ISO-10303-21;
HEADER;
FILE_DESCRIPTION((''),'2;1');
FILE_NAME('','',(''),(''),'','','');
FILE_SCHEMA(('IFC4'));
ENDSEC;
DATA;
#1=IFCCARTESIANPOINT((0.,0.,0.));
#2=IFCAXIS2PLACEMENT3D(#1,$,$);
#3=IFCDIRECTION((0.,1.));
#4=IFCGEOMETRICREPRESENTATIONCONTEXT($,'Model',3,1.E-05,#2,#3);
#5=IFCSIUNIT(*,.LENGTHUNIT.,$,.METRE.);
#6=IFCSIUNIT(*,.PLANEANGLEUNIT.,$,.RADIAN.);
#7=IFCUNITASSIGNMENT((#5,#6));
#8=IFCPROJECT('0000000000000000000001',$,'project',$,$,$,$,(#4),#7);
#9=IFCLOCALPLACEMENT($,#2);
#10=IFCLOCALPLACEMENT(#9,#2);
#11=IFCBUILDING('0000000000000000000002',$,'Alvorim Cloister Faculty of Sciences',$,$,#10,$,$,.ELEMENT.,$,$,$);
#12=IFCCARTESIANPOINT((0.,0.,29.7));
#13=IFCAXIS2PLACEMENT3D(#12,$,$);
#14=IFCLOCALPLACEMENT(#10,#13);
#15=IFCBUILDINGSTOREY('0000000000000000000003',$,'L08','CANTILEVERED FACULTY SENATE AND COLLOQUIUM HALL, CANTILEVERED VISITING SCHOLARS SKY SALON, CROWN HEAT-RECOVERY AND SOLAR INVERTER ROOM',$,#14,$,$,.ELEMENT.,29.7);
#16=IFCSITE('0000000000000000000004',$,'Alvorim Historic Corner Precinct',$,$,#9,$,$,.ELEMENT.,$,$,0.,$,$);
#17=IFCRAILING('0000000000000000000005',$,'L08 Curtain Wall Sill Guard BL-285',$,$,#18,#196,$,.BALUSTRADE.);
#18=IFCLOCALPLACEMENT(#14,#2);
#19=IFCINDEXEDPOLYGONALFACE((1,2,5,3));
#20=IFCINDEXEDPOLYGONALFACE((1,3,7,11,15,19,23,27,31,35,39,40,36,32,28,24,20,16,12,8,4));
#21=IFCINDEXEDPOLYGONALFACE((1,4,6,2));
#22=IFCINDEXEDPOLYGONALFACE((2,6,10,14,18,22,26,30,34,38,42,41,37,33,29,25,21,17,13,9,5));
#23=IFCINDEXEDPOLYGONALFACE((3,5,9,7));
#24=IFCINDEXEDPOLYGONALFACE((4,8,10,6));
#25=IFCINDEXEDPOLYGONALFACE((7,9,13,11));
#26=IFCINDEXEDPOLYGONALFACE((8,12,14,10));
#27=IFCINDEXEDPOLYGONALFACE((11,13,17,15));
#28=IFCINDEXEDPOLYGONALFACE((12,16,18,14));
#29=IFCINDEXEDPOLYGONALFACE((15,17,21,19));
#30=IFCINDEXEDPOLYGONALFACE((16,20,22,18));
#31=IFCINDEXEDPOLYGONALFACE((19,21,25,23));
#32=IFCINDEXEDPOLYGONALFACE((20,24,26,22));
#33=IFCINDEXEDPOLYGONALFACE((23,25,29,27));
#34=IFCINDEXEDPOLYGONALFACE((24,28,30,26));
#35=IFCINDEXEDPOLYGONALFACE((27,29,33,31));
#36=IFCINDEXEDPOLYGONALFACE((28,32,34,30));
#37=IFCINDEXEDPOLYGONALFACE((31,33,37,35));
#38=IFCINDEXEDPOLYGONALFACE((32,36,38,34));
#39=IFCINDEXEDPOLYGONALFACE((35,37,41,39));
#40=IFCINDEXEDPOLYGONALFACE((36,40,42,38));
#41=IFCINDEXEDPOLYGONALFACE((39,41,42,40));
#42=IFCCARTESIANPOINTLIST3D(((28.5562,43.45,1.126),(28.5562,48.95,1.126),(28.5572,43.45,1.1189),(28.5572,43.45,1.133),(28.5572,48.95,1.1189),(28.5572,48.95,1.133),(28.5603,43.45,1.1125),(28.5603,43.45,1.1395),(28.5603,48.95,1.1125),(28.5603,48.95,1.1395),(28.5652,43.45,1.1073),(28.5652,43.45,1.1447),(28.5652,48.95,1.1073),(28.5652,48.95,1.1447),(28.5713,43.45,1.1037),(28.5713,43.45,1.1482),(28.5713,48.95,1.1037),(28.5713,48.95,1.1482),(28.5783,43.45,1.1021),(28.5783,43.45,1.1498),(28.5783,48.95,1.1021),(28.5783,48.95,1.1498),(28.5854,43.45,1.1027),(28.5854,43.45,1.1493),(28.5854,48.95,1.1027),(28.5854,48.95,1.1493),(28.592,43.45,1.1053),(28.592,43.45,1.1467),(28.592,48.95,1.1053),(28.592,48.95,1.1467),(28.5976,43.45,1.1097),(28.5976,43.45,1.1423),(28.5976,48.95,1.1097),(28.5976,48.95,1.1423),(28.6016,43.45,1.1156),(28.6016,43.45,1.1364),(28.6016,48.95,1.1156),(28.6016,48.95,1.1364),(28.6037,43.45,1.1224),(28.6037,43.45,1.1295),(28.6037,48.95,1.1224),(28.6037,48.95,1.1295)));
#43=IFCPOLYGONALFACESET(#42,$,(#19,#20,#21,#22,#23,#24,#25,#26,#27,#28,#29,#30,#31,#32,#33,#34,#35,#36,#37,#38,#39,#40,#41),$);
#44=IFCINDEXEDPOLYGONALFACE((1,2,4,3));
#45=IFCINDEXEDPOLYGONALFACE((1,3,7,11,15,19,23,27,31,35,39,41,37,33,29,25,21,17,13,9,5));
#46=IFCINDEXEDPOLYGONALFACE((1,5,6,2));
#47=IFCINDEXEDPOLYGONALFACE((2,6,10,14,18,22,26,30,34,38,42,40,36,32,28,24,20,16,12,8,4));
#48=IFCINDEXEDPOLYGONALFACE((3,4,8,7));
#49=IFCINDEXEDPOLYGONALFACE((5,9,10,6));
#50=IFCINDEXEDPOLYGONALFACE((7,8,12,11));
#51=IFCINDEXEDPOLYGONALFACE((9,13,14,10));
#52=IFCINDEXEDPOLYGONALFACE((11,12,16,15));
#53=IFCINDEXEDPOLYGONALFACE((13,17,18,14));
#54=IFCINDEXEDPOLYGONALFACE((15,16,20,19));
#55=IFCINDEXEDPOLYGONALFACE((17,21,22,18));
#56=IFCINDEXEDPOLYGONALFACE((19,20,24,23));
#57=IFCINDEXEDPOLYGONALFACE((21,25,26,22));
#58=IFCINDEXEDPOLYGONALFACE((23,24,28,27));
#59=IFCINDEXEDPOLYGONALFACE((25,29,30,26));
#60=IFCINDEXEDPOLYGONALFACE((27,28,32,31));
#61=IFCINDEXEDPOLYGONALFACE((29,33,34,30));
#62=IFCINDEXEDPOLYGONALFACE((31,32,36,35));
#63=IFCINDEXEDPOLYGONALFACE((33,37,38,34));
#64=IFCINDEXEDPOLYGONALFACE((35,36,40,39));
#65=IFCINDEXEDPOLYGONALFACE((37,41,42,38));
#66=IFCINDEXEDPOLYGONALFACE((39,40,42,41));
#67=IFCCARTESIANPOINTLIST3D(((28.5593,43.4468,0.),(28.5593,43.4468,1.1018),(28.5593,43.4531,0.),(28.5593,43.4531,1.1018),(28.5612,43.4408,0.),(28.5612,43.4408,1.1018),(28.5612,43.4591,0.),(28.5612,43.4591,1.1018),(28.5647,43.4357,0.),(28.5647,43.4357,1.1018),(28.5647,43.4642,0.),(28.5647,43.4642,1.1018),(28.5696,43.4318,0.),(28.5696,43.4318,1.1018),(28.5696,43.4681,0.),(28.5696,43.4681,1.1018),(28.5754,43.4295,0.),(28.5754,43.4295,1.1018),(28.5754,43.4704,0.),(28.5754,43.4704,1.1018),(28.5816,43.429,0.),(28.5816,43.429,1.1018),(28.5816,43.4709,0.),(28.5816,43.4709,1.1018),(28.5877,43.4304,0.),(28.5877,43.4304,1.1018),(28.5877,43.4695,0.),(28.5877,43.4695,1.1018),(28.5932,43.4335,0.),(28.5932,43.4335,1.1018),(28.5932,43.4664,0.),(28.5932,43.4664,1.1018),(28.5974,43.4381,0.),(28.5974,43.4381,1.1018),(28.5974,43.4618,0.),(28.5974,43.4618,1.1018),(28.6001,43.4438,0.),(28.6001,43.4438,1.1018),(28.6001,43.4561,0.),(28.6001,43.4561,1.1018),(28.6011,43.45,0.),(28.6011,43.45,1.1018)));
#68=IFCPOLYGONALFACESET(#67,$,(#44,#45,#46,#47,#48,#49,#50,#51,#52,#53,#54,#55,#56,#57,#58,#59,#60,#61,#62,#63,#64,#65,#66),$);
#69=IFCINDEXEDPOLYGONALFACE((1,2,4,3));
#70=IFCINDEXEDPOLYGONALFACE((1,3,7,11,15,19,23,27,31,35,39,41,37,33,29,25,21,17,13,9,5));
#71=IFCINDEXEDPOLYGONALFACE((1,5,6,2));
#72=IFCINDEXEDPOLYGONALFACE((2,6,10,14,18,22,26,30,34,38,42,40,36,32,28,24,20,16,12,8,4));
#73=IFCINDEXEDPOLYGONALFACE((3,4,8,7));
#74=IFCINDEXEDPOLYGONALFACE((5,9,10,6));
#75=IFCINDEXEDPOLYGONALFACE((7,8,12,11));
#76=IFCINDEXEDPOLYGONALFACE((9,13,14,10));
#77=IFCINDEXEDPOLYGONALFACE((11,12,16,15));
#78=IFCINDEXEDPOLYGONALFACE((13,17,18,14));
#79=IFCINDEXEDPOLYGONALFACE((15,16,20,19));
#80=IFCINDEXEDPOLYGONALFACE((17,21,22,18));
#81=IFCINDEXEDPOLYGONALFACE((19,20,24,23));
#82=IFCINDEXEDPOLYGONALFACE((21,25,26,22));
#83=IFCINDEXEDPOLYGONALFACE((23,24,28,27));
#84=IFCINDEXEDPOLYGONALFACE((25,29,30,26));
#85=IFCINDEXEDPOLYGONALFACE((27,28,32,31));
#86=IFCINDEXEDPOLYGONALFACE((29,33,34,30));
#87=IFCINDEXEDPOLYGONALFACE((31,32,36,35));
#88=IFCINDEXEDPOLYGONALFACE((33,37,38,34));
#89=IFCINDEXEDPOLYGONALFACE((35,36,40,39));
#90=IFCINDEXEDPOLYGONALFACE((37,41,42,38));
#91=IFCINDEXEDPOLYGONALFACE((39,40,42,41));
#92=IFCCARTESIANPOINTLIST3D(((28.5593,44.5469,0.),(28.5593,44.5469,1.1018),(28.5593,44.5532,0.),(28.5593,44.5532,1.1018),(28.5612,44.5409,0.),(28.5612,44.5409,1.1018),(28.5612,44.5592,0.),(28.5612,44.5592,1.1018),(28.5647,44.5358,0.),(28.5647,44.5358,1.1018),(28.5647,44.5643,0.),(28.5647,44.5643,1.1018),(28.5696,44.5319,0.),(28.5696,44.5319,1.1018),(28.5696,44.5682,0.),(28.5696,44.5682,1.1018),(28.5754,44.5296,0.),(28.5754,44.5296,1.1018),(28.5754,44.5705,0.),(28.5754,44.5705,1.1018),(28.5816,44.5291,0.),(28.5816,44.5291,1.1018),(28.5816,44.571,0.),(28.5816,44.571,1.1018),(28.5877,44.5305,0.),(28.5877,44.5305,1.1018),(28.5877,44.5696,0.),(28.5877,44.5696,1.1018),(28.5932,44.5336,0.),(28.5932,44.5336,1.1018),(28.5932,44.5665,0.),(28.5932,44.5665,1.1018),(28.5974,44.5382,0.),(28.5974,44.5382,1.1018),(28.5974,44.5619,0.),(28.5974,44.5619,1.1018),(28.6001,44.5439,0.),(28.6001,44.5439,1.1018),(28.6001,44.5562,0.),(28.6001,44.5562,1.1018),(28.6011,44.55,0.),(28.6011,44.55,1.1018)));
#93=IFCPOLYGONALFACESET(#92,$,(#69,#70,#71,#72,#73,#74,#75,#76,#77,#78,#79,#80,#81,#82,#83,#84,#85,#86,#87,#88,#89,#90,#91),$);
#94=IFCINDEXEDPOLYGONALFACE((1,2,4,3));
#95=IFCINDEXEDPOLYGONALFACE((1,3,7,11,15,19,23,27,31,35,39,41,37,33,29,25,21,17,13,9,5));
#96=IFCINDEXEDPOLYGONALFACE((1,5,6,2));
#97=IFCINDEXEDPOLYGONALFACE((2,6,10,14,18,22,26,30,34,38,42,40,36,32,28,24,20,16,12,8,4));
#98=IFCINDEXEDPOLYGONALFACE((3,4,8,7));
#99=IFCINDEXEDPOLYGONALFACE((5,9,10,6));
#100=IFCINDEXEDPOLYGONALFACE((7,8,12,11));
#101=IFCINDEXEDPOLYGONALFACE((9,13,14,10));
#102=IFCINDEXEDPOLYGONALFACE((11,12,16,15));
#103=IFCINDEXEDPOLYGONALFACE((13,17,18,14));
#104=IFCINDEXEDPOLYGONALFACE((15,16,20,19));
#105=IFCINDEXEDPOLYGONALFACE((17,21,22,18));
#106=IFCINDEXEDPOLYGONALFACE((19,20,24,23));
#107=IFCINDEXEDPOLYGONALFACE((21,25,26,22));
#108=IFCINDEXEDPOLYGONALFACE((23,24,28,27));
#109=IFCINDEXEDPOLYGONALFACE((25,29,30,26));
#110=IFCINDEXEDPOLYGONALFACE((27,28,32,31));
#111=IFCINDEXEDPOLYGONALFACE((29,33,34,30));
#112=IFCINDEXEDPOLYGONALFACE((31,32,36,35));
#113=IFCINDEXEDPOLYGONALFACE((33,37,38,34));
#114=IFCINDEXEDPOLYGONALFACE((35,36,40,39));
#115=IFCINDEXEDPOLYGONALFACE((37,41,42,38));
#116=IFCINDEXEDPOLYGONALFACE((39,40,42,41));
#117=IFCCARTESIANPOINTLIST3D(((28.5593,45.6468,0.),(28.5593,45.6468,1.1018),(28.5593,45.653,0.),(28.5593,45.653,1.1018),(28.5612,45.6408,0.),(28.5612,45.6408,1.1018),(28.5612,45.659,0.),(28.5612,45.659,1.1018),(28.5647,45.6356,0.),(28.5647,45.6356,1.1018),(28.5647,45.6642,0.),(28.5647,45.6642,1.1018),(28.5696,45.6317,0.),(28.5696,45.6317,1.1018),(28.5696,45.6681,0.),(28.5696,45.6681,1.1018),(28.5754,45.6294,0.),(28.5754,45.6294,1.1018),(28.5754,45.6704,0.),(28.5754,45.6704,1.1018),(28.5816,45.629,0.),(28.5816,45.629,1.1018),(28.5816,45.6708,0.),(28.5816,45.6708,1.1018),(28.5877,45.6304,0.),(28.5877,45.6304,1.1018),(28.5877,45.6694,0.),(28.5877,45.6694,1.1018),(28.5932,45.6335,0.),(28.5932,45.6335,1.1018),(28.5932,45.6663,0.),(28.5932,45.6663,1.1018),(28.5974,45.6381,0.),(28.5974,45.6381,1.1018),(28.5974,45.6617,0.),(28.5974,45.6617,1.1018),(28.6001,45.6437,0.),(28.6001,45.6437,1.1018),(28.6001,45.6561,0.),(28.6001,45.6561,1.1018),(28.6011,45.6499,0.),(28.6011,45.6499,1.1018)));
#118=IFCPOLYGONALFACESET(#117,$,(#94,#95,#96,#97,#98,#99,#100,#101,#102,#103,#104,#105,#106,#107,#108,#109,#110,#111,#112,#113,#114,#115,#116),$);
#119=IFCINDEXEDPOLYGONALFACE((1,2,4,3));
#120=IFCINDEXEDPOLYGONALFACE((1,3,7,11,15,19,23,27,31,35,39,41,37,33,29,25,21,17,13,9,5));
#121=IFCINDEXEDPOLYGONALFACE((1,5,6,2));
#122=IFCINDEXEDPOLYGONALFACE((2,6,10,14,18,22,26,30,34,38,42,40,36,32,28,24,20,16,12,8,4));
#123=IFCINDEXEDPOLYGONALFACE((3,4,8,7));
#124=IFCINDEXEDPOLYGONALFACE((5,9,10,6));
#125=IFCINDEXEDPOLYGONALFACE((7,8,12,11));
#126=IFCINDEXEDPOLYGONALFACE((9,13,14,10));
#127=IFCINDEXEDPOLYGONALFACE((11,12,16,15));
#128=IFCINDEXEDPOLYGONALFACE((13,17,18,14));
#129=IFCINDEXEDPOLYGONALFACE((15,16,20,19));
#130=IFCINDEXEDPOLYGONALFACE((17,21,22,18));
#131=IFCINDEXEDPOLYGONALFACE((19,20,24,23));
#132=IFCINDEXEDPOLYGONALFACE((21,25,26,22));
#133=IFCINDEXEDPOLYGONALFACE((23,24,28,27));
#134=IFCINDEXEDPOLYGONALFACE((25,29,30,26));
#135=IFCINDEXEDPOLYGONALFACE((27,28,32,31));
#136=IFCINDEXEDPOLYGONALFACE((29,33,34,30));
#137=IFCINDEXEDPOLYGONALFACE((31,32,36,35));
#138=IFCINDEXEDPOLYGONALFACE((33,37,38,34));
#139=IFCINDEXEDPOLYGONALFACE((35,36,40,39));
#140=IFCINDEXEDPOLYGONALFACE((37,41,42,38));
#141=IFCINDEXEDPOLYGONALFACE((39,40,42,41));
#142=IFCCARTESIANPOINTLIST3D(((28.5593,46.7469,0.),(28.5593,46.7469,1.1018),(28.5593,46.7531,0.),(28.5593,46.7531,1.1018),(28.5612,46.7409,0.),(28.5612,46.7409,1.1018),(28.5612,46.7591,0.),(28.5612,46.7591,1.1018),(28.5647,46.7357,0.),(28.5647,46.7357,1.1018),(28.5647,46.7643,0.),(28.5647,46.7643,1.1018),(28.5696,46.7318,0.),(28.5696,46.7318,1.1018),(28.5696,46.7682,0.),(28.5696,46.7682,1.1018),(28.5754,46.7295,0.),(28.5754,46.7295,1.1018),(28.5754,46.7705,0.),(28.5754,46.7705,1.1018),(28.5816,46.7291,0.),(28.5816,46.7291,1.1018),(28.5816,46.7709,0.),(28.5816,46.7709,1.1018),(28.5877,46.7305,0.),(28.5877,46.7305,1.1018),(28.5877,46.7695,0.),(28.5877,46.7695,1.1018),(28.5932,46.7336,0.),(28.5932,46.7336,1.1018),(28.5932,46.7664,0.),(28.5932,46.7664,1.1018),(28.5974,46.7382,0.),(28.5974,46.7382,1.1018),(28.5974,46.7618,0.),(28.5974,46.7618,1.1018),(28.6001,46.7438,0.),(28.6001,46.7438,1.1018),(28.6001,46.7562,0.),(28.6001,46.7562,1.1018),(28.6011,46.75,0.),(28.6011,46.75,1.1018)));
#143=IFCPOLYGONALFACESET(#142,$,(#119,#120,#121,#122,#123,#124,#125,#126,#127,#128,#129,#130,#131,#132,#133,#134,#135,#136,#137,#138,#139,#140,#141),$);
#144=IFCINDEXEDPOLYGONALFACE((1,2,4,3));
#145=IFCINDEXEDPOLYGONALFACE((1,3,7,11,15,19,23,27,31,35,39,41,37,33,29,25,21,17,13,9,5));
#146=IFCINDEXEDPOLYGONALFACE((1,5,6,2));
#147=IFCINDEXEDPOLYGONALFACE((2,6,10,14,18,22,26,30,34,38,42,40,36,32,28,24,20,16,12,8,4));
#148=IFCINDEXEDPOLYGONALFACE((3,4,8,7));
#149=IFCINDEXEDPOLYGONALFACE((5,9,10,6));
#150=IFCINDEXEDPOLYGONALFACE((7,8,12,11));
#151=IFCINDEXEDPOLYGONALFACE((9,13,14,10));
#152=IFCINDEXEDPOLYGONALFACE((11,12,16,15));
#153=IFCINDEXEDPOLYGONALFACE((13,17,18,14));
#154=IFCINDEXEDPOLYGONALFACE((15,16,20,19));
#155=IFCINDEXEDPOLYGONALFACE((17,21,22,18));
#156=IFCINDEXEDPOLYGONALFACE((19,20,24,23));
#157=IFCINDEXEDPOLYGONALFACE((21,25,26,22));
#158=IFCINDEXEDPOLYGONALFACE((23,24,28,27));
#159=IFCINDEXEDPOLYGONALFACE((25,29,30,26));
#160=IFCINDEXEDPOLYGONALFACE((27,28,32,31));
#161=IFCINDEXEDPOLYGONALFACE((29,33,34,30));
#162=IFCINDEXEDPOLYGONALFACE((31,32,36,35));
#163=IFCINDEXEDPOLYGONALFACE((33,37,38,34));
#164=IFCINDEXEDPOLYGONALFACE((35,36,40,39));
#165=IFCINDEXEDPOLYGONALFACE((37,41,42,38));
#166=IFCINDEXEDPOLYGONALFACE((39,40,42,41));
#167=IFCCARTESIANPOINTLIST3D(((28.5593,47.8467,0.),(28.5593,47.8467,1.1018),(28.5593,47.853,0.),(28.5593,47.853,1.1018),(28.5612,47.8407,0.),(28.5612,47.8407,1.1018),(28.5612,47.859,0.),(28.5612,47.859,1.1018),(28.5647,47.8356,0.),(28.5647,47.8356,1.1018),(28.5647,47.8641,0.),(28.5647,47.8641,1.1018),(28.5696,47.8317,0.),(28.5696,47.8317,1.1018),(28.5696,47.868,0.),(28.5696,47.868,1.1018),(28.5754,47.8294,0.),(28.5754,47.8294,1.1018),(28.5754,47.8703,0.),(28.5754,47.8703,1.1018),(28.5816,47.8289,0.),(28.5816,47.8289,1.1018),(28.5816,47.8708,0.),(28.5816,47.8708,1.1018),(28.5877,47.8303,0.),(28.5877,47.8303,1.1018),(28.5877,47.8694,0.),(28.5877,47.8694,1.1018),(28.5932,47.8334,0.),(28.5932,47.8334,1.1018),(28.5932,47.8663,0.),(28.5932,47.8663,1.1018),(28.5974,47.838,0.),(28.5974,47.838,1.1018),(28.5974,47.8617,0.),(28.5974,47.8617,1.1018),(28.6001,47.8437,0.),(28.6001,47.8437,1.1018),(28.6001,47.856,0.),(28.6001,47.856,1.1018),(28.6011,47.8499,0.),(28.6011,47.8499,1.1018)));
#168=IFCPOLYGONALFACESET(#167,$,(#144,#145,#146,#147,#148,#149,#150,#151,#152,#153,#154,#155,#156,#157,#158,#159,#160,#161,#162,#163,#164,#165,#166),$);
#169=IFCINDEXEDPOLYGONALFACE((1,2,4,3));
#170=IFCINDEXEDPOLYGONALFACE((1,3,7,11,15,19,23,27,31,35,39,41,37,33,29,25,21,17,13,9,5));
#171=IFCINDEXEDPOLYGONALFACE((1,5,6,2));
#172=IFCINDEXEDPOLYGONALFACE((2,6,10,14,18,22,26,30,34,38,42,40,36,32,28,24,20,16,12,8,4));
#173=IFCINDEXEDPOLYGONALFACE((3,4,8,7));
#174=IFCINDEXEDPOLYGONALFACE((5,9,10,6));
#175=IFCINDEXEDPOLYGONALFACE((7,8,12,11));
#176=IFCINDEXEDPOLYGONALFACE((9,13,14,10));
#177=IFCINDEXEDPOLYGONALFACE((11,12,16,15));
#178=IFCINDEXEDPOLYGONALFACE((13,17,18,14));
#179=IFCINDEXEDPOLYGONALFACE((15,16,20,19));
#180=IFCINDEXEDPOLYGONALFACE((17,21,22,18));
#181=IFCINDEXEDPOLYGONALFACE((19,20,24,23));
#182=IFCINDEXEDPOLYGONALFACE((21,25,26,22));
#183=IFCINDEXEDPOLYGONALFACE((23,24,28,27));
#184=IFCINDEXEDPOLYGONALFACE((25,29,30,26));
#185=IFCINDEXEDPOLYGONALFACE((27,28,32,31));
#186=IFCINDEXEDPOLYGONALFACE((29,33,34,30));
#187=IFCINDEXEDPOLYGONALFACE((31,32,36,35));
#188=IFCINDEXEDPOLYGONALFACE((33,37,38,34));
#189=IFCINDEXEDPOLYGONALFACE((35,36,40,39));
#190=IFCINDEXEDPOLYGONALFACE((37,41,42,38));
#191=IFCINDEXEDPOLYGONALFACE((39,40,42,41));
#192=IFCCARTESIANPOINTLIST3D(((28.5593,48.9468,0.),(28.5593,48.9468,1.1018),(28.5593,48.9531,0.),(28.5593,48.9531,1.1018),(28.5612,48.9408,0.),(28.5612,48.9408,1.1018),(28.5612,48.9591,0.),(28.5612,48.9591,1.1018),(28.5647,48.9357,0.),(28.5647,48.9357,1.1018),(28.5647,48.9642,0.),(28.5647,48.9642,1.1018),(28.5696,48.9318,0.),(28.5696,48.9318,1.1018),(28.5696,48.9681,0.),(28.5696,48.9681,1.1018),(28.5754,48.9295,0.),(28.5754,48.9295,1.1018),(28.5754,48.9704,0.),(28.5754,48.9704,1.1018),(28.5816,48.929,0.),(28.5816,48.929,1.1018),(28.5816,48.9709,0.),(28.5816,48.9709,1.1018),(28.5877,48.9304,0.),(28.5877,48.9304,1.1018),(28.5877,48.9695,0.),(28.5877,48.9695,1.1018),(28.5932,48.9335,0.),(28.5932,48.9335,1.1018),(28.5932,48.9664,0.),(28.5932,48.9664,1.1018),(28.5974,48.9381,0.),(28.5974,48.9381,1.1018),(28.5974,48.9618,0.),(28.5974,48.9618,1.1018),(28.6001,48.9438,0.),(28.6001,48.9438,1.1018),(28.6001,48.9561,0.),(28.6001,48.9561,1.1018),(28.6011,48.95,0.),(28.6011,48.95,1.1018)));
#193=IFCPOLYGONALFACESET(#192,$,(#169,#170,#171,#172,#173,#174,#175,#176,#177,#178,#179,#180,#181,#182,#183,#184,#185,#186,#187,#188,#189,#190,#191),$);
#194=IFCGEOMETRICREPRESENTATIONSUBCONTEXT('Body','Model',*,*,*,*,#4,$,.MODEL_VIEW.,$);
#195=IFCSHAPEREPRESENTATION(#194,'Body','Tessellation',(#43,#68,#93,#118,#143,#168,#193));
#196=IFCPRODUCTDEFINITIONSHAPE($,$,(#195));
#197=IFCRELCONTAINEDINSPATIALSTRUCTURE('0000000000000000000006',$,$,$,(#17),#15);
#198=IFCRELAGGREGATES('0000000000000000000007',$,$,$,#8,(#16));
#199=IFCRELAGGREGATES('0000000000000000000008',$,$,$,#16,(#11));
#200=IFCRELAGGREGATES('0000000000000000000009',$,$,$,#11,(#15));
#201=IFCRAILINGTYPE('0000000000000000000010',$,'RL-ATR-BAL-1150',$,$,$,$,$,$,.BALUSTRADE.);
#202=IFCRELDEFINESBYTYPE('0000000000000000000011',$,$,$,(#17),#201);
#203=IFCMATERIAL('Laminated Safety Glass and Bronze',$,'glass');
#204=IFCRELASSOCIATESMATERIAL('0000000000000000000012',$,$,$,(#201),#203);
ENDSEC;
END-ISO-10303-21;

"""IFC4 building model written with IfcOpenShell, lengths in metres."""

from ifc_helpers import new_model, si_unit, direction, frame, origin, origin_2d, place, context, subcontext, project, spatial, circle, extrude, material, type_object, element, save


model = new_model("IFC4")

# Units and contexts
model_context = context("Model", 3, precision=1e-05, world=origin(), true_north=direction((0.0, 1.0)))
body_context = subcontext(model_context, "Body", "Model", "MODEL_VIEW")
ifc_project = project(units=[si_unit("LENGTHUNIT", "METRE"), si_unit("PLANEANGLEUNIT", "RADIAN")], contexts=[model_context])

# Site, building, storey
site_placement = place(None, origin())
site = spatial("IfcSite", under=ifc_project, at=site_placement, Name="Alvorim Historic Corner Precinct", CompositionType="ELEMENT", RefElevation=0.0)
building_placement = place(site_placement, origin())
building = spatial("IfcBuilding", under=site, at=building_placement, Name="Alvorim Cloister Faculty of Sciences", CompositionType="ELEMENT")
storey_placement = place(building_placement, frame((0.0, 0.0, 29.7)))
storey = spatial("IfcBuildingStorey", under=building, at=storey_placement, Name="L08", Description="CANTILEVERED FACULTY SENATE AND COLLOQUIUM HALL, CANTILEVERED VISITING SCHOLARS SKY SALON, CROWN HEAT-RECOVERY AND SOLAR INVERTER ROOM", CompositionType="ELEMENT", Elevation=29.7)

# Railing
ifc_material_1 = material(Name="Laminated Safety Glass and Bronze", Category="glass")
railing_type_1 = type_object("IfcRailingType", Name="RL-ATR-BAL-1150", PredefinedType="BALUSTRADE", material=ifc_material_1)
railing_1_placement = place(storey_placement, frame((28.5801, 43.45, 0.0)))
element("IfcRailing", 1, at=railing_1_placement, inside=storey, type_object=railing_type_1, Name="L08 Curtain Wall Sill Guard BL-285", PredefinedType="BALUSTRADE", context=body_context, shape_type="SweptSolid", body=[
    extrude(circle(Radius=0.0239, at=origin_2d()), frame((0.0, 0.0, 1.126), z_axis=(0.0, 1.0, 0.0), x_axis=(-1.0, 0.0, 0.0)), (0.0, 0.0, 1.0), 5.5),
    extrude(circle(Radius=0.021, at=origin_2d()), origin(), (0.0, 0.0, 1.0), 1.1018),
    extrude(circle(Radius=0.021, at=origin_2d()), frame((0.0, 1.1001, 0.0)), (0.0, 0.0, 1.0), 1.1018),
    extrude(circle(Radius=0.021, at=origin_2d()), frame((0.0, 2.2, 0.0)), (0.0, 0.0, 1.0), 1.1018),
    extrude(circle(Radius=0.021, at=origin_2d()), frame((0.0, 3.3, 0.0)), (0.0, 0.0, 1.0), 1.1018),
    extrude(circle(Radius=0.021, at=origin_2d()), frame((0.0, 4.3999, 0.0)), (0.0, 0.0, 1.0), 1.1018),
    extrude(circle(Radius=0.021, at=origin_2d()), frame((0.0, 5.5, 0.0)), (0.0, 0.0, 1.0), 1.1018),
])

save(model, "model.ifc")
